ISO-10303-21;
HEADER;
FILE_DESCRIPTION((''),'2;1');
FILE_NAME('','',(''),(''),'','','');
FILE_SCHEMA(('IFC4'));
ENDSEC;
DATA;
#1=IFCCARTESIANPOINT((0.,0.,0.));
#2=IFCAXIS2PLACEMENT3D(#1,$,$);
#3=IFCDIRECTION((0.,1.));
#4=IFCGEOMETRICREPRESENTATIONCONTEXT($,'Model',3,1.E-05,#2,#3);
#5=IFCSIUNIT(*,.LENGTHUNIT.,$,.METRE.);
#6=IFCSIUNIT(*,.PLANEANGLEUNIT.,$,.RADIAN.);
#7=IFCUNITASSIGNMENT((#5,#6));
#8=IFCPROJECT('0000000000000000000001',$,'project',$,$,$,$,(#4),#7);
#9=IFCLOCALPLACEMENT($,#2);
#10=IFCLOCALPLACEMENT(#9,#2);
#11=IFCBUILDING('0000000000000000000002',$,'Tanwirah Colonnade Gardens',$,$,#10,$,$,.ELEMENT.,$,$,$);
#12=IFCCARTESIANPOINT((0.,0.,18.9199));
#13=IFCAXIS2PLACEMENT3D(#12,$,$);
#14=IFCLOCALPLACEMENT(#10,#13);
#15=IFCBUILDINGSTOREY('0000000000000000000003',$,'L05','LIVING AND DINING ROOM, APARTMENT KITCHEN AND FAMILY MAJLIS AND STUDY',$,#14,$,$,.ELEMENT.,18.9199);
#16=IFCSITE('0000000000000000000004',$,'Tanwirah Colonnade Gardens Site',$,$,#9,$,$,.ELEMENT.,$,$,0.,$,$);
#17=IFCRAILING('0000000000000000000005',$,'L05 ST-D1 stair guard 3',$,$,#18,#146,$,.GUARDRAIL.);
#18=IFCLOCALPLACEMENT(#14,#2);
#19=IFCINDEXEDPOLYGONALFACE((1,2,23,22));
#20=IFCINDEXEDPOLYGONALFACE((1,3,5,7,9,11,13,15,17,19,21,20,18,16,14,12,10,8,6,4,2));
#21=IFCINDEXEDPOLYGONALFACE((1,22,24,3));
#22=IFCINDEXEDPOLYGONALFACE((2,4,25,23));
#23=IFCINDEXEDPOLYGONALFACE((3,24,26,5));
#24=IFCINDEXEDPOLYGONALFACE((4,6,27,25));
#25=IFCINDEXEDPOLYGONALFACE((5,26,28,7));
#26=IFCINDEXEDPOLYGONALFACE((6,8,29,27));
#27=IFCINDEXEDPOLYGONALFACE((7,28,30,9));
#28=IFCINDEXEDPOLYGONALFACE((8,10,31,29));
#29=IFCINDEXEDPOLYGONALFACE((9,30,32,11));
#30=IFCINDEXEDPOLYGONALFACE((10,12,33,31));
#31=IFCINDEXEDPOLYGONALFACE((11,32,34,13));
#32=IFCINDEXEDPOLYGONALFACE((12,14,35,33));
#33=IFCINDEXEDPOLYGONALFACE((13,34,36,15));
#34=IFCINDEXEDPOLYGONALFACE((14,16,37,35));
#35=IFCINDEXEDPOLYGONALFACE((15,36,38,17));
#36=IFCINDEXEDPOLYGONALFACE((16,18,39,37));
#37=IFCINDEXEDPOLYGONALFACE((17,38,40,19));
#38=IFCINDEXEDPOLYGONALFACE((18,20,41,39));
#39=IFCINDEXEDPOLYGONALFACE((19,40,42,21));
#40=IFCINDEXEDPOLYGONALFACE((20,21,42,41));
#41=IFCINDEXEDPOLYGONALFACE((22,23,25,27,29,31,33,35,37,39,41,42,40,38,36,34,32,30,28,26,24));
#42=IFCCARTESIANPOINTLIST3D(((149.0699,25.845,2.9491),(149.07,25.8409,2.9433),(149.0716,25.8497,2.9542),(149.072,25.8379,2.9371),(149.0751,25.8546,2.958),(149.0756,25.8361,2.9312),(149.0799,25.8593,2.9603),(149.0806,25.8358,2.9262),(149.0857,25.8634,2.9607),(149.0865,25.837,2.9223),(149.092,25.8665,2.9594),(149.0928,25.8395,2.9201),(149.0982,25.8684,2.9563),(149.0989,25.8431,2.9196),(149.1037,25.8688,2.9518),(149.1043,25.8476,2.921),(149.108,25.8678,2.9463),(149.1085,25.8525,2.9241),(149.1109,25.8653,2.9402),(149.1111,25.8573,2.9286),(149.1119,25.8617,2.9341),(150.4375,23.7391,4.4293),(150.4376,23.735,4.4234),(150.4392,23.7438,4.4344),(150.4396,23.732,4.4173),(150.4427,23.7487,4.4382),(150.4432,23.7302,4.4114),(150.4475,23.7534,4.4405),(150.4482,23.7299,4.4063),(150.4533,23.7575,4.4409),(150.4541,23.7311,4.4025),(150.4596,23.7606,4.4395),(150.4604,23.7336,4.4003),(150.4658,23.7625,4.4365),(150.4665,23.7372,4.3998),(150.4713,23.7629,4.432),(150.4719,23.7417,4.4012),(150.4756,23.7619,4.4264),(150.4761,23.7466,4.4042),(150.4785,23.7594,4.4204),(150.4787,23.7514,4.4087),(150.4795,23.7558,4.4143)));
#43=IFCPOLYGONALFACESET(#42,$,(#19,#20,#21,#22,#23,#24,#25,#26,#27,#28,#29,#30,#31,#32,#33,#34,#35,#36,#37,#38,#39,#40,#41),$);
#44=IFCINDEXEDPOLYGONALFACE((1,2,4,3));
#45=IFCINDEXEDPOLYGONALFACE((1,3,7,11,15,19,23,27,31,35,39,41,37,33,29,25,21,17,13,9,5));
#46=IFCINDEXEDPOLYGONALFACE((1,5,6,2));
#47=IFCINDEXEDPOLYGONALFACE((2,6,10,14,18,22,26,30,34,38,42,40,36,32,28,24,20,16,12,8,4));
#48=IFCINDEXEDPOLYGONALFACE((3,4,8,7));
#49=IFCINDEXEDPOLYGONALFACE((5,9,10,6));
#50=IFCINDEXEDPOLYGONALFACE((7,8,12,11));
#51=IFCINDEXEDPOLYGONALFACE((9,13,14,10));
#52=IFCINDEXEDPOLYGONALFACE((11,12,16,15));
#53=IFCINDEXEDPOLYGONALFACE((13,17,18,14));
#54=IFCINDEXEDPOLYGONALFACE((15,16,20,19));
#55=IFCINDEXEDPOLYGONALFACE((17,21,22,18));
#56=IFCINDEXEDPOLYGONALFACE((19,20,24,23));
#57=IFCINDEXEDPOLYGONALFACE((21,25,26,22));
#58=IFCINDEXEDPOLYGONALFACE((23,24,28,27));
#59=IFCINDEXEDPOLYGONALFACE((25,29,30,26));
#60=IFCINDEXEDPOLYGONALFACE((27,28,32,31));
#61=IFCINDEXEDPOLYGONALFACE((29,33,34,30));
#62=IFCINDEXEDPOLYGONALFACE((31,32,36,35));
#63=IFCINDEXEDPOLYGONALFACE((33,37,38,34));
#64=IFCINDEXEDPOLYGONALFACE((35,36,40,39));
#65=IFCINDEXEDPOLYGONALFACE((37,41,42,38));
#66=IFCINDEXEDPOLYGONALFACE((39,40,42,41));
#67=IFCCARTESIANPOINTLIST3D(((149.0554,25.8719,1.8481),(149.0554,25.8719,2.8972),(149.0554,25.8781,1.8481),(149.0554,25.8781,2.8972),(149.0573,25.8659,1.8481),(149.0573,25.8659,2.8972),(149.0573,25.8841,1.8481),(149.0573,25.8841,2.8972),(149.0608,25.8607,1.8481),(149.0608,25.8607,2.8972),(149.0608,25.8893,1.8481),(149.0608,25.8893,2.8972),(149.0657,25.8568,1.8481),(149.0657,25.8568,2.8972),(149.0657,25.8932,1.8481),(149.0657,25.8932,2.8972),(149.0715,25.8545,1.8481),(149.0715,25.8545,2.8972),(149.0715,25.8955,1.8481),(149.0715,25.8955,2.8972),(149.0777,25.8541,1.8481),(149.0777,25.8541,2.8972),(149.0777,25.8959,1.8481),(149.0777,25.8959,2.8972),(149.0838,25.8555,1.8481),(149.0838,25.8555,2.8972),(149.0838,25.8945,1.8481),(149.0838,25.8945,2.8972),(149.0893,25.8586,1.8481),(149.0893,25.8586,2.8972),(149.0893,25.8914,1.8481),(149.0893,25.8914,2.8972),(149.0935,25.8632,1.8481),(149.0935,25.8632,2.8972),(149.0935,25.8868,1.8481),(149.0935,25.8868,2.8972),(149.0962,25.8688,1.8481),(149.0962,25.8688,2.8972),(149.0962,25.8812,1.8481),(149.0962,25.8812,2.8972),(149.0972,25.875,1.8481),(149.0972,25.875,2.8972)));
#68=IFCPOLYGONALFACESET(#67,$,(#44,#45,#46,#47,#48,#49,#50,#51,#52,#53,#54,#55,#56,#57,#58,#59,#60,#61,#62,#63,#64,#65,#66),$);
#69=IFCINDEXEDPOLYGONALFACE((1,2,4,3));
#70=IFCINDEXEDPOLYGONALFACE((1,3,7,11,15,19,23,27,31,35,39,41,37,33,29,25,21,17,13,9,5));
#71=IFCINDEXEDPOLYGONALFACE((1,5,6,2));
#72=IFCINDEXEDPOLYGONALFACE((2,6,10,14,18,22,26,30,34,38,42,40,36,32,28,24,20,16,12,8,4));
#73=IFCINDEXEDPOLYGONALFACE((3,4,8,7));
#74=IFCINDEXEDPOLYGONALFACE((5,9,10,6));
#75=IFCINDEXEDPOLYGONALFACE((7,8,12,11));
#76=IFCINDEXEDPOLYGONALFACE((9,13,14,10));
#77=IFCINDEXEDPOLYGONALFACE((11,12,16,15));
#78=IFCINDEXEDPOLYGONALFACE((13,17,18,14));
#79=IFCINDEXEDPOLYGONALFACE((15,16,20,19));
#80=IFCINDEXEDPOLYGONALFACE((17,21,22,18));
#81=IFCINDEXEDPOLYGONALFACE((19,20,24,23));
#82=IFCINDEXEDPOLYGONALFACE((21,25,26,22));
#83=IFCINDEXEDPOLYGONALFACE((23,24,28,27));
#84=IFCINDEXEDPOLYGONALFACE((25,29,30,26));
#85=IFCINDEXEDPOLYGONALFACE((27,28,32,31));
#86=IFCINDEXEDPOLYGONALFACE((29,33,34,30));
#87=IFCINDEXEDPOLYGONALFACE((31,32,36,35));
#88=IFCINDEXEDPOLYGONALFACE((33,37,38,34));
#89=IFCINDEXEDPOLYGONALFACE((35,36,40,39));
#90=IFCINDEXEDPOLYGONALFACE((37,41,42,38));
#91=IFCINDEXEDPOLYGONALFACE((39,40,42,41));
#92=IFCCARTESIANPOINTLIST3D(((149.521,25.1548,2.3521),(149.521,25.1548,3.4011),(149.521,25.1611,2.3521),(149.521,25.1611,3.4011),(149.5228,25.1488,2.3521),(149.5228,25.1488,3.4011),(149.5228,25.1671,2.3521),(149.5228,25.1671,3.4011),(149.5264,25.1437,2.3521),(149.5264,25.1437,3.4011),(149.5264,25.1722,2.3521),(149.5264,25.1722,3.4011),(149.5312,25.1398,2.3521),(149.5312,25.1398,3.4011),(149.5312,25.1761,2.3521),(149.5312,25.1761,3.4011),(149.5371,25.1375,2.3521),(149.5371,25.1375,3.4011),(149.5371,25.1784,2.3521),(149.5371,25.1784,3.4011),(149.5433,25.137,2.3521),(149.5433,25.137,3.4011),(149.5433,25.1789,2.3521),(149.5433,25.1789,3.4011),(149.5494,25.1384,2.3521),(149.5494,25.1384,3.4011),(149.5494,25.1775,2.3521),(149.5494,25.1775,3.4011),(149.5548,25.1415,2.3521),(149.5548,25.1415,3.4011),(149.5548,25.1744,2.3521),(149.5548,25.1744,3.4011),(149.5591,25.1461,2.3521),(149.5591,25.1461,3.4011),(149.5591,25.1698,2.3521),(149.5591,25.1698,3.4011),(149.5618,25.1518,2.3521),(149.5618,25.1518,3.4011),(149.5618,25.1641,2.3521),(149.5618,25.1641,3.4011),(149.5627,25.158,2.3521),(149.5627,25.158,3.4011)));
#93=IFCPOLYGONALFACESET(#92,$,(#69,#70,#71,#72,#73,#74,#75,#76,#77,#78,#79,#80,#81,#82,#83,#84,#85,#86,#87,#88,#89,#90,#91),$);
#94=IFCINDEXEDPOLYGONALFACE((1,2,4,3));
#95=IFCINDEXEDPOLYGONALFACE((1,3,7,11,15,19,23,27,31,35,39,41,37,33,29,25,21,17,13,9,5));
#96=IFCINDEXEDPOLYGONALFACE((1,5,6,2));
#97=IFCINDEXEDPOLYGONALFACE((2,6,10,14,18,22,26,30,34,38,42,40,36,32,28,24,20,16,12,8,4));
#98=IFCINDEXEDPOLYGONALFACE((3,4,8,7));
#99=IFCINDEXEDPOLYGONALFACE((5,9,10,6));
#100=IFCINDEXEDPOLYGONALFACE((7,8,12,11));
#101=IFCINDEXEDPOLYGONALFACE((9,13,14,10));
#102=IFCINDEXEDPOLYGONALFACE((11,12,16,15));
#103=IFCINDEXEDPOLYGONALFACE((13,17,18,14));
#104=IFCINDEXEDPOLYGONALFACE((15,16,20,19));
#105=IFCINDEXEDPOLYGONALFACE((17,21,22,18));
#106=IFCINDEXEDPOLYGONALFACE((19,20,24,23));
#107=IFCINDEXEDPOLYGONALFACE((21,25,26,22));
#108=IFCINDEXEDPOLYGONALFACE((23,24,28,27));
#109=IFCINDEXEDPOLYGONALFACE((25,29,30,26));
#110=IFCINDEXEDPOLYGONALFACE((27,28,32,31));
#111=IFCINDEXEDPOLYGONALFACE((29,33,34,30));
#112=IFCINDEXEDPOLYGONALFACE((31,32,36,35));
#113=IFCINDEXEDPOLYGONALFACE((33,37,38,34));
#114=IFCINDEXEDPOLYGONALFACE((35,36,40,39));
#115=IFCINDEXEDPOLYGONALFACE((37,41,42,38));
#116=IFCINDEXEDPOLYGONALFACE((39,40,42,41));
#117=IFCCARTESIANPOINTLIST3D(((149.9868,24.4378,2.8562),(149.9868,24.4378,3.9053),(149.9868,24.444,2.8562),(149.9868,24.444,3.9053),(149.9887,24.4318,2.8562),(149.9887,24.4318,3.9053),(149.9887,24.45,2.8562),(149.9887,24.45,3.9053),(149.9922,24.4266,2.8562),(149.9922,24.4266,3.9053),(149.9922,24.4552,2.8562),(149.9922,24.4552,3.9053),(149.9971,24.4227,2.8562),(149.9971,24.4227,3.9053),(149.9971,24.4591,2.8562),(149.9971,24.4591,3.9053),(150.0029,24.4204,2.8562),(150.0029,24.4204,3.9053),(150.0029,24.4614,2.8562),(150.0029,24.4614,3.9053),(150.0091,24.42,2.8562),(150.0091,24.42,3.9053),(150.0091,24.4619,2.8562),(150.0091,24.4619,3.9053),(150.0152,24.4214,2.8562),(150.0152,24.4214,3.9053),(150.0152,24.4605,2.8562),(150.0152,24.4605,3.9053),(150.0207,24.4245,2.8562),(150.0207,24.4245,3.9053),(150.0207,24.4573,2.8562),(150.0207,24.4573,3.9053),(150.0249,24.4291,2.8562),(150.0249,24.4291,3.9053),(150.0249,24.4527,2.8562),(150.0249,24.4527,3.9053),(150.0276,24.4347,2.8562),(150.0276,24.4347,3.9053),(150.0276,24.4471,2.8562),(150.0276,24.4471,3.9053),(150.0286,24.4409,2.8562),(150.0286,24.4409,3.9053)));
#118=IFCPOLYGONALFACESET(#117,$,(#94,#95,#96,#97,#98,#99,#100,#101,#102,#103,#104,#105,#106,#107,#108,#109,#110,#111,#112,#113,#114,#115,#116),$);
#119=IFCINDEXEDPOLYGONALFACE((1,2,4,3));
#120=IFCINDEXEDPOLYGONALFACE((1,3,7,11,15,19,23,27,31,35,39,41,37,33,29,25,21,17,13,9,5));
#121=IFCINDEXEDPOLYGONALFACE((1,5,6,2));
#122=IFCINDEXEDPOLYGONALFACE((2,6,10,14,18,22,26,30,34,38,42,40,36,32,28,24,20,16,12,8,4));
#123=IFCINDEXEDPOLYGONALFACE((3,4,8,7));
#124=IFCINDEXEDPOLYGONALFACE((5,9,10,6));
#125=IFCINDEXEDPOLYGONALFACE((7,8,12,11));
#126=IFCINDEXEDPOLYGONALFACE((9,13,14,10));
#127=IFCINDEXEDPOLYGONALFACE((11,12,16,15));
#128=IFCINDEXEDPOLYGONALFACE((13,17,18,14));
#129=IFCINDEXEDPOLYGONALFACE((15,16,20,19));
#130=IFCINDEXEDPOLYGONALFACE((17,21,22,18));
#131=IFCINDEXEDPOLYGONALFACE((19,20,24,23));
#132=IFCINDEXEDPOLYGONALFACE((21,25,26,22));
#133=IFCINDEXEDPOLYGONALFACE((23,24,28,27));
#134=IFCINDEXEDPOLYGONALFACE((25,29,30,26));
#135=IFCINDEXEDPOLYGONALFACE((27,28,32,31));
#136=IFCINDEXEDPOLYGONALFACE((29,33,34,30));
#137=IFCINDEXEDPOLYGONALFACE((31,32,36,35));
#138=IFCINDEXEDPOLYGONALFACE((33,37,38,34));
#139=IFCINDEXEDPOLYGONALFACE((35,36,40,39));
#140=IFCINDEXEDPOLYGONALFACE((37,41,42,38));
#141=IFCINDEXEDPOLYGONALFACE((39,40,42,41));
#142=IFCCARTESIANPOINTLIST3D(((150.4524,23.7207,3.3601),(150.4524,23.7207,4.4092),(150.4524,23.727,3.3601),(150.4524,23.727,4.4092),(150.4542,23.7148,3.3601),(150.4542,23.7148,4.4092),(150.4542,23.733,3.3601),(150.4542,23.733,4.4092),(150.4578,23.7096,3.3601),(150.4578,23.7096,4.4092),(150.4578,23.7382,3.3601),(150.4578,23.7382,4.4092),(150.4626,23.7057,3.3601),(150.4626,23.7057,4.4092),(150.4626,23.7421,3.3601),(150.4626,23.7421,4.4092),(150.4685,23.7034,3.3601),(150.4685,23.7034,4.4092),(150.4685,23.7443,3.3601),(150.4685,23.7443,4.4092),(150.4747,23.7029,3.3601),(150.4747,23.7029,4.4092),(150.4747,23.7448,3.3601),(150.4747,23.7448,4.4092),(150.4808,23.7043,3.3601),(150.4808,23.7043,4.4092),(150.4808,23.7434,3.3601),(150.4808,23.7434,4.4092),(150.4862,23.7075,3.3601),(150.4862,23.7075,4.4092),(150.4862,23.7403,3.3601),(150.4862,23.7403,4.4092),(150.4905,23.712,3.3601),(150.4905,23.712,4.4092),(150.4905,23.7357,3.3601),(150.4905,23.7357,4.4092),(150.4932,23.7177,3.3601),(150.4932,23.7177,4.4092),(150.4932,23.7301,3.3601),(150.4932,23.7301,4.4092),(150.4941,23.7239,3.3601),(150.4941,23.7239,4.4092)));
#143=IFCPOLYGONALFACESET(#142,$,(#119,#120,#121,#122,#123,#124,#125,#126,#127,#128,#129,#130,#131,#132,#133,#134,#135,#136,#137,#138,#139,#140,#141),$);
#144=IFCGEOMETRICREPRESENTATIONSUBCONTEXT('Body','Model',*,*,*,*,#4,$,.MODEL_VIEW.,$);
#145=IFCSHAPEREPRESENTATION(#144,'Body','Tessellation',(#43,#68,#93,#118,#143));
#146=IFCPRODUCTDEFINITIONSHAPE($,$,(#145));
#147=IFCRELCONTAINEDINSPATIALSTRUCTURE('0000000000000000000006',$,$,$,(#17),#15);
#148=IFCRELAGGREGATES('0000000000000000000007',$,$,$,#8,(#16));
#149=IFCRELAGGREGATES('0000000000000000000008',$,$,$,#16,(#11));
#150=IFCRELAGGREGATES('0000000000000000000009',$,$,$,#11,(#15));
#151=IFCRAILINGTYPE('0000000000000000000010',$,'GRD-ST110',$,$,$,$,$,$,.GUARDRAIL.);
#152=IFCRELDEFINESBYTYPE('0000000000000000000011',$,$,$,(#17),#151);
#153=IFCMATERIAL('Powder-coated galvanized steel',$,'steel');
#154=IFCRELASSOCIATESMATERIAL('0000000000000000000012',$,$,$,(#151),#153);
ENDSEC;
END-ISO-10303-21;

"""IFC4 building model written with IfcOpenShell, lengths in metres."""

from ifc_helpers import new_model, si_unit, direction, frame, origin, origin_2d, place, context, subcontext, project, spatial, circle, extrude, material, type_object, element, save


model = new_model("IFC4")

# Units and contexts
model_context = context("Model", 3, precision=1e-05, world=origin(), true_north=direction((0.0, 1.0)))
body_context = subcontext(model_context, "Body", "Model", "MODEL_VIEW")
ifc_project = project(units=[si_unit("LENGTHUNIT", "METRE"), si_unit("PLANEANGLEUNIT", "RADIAN")], contexts=[model_context])

# Site, building, storey
site_placement = place(None, origin())
site = spatial("IfcSite", under=ifc_project, at=site_placement, Name="Tanwirah Colonnade Gardens Site", CompositionType="ELEMENT", RefElevation=0.0)
building_placement = place(site_placement, origin())
building = spatial("IfcBuilding", under=site, at=building_placement, Name="Tanwirah Colonnade Gardens", CompositionType="ELEMENT")
storey_placement = place(building_placement, frame((0.0, 0.0, 18.9199)))
storey = spatial("IfcBuildingStorey", under=building, at=storey_placement, Name="L05", Description="LIVING AND DINING ROOM, APARTMENT KITCHEN AND FAMILY MAJLIS AND STUDY", CompositionType="ELEMENT", Elevation=18.9199)

# Railing
ifc_material_1 = material(Name="Powder-coated galvanized steel", Category="steel")
railing_type_1 = type_object("IfcRailingType", Name="GRD-ST110", PredefinedType="GUARDRAIL", material=ifc_material_1)
railing_1_placement = place(storey_placement, frame((149.0762, 25.875, 1.8481)))
element("IfcRailing", 1, at=railing_1_placement, inside=storey, type_object=railing_type_1, Name="L05 ST-D1 stair guard 3", PredefinedType="GUARDRAIL", context=body_context, shape_type="SweptSolid", body=[
    extrude(circle(Radius=0.0239, at=origin_2d()), frame((0.0146, -0.0227, 1.092), z_axis=(0.469193, -0.722484, 0.507814), x_axis=(0.838668, 0.544644, 0.0)), (0.0, 0.0, 1.0), 2.9148),
    extrude(circle(Radius=0.021, at=origin_2d()), origin(), (0.0, 0.0, 1.0), 1.0491),
    extrude(circle(Radius=0.021, at=origin_2d()), frame((0.4656, -0.717, 0.5039)), (0.0, 0.0, 1.0), 1.0491),
    extrude(circle(Radius=0.021, at=origin_2d()), frame((0.9314, -1.4341, 1.0081)), (0.0, 0.0, 1.0), 1.0491),
    extrude(circle(Radius=0.021, at=origin_2d()), frame((1.397, -2.1511, 1.512)), (0.0, 0.0, 1.0), 1.0491),
])

save(model, "model.ifc")
